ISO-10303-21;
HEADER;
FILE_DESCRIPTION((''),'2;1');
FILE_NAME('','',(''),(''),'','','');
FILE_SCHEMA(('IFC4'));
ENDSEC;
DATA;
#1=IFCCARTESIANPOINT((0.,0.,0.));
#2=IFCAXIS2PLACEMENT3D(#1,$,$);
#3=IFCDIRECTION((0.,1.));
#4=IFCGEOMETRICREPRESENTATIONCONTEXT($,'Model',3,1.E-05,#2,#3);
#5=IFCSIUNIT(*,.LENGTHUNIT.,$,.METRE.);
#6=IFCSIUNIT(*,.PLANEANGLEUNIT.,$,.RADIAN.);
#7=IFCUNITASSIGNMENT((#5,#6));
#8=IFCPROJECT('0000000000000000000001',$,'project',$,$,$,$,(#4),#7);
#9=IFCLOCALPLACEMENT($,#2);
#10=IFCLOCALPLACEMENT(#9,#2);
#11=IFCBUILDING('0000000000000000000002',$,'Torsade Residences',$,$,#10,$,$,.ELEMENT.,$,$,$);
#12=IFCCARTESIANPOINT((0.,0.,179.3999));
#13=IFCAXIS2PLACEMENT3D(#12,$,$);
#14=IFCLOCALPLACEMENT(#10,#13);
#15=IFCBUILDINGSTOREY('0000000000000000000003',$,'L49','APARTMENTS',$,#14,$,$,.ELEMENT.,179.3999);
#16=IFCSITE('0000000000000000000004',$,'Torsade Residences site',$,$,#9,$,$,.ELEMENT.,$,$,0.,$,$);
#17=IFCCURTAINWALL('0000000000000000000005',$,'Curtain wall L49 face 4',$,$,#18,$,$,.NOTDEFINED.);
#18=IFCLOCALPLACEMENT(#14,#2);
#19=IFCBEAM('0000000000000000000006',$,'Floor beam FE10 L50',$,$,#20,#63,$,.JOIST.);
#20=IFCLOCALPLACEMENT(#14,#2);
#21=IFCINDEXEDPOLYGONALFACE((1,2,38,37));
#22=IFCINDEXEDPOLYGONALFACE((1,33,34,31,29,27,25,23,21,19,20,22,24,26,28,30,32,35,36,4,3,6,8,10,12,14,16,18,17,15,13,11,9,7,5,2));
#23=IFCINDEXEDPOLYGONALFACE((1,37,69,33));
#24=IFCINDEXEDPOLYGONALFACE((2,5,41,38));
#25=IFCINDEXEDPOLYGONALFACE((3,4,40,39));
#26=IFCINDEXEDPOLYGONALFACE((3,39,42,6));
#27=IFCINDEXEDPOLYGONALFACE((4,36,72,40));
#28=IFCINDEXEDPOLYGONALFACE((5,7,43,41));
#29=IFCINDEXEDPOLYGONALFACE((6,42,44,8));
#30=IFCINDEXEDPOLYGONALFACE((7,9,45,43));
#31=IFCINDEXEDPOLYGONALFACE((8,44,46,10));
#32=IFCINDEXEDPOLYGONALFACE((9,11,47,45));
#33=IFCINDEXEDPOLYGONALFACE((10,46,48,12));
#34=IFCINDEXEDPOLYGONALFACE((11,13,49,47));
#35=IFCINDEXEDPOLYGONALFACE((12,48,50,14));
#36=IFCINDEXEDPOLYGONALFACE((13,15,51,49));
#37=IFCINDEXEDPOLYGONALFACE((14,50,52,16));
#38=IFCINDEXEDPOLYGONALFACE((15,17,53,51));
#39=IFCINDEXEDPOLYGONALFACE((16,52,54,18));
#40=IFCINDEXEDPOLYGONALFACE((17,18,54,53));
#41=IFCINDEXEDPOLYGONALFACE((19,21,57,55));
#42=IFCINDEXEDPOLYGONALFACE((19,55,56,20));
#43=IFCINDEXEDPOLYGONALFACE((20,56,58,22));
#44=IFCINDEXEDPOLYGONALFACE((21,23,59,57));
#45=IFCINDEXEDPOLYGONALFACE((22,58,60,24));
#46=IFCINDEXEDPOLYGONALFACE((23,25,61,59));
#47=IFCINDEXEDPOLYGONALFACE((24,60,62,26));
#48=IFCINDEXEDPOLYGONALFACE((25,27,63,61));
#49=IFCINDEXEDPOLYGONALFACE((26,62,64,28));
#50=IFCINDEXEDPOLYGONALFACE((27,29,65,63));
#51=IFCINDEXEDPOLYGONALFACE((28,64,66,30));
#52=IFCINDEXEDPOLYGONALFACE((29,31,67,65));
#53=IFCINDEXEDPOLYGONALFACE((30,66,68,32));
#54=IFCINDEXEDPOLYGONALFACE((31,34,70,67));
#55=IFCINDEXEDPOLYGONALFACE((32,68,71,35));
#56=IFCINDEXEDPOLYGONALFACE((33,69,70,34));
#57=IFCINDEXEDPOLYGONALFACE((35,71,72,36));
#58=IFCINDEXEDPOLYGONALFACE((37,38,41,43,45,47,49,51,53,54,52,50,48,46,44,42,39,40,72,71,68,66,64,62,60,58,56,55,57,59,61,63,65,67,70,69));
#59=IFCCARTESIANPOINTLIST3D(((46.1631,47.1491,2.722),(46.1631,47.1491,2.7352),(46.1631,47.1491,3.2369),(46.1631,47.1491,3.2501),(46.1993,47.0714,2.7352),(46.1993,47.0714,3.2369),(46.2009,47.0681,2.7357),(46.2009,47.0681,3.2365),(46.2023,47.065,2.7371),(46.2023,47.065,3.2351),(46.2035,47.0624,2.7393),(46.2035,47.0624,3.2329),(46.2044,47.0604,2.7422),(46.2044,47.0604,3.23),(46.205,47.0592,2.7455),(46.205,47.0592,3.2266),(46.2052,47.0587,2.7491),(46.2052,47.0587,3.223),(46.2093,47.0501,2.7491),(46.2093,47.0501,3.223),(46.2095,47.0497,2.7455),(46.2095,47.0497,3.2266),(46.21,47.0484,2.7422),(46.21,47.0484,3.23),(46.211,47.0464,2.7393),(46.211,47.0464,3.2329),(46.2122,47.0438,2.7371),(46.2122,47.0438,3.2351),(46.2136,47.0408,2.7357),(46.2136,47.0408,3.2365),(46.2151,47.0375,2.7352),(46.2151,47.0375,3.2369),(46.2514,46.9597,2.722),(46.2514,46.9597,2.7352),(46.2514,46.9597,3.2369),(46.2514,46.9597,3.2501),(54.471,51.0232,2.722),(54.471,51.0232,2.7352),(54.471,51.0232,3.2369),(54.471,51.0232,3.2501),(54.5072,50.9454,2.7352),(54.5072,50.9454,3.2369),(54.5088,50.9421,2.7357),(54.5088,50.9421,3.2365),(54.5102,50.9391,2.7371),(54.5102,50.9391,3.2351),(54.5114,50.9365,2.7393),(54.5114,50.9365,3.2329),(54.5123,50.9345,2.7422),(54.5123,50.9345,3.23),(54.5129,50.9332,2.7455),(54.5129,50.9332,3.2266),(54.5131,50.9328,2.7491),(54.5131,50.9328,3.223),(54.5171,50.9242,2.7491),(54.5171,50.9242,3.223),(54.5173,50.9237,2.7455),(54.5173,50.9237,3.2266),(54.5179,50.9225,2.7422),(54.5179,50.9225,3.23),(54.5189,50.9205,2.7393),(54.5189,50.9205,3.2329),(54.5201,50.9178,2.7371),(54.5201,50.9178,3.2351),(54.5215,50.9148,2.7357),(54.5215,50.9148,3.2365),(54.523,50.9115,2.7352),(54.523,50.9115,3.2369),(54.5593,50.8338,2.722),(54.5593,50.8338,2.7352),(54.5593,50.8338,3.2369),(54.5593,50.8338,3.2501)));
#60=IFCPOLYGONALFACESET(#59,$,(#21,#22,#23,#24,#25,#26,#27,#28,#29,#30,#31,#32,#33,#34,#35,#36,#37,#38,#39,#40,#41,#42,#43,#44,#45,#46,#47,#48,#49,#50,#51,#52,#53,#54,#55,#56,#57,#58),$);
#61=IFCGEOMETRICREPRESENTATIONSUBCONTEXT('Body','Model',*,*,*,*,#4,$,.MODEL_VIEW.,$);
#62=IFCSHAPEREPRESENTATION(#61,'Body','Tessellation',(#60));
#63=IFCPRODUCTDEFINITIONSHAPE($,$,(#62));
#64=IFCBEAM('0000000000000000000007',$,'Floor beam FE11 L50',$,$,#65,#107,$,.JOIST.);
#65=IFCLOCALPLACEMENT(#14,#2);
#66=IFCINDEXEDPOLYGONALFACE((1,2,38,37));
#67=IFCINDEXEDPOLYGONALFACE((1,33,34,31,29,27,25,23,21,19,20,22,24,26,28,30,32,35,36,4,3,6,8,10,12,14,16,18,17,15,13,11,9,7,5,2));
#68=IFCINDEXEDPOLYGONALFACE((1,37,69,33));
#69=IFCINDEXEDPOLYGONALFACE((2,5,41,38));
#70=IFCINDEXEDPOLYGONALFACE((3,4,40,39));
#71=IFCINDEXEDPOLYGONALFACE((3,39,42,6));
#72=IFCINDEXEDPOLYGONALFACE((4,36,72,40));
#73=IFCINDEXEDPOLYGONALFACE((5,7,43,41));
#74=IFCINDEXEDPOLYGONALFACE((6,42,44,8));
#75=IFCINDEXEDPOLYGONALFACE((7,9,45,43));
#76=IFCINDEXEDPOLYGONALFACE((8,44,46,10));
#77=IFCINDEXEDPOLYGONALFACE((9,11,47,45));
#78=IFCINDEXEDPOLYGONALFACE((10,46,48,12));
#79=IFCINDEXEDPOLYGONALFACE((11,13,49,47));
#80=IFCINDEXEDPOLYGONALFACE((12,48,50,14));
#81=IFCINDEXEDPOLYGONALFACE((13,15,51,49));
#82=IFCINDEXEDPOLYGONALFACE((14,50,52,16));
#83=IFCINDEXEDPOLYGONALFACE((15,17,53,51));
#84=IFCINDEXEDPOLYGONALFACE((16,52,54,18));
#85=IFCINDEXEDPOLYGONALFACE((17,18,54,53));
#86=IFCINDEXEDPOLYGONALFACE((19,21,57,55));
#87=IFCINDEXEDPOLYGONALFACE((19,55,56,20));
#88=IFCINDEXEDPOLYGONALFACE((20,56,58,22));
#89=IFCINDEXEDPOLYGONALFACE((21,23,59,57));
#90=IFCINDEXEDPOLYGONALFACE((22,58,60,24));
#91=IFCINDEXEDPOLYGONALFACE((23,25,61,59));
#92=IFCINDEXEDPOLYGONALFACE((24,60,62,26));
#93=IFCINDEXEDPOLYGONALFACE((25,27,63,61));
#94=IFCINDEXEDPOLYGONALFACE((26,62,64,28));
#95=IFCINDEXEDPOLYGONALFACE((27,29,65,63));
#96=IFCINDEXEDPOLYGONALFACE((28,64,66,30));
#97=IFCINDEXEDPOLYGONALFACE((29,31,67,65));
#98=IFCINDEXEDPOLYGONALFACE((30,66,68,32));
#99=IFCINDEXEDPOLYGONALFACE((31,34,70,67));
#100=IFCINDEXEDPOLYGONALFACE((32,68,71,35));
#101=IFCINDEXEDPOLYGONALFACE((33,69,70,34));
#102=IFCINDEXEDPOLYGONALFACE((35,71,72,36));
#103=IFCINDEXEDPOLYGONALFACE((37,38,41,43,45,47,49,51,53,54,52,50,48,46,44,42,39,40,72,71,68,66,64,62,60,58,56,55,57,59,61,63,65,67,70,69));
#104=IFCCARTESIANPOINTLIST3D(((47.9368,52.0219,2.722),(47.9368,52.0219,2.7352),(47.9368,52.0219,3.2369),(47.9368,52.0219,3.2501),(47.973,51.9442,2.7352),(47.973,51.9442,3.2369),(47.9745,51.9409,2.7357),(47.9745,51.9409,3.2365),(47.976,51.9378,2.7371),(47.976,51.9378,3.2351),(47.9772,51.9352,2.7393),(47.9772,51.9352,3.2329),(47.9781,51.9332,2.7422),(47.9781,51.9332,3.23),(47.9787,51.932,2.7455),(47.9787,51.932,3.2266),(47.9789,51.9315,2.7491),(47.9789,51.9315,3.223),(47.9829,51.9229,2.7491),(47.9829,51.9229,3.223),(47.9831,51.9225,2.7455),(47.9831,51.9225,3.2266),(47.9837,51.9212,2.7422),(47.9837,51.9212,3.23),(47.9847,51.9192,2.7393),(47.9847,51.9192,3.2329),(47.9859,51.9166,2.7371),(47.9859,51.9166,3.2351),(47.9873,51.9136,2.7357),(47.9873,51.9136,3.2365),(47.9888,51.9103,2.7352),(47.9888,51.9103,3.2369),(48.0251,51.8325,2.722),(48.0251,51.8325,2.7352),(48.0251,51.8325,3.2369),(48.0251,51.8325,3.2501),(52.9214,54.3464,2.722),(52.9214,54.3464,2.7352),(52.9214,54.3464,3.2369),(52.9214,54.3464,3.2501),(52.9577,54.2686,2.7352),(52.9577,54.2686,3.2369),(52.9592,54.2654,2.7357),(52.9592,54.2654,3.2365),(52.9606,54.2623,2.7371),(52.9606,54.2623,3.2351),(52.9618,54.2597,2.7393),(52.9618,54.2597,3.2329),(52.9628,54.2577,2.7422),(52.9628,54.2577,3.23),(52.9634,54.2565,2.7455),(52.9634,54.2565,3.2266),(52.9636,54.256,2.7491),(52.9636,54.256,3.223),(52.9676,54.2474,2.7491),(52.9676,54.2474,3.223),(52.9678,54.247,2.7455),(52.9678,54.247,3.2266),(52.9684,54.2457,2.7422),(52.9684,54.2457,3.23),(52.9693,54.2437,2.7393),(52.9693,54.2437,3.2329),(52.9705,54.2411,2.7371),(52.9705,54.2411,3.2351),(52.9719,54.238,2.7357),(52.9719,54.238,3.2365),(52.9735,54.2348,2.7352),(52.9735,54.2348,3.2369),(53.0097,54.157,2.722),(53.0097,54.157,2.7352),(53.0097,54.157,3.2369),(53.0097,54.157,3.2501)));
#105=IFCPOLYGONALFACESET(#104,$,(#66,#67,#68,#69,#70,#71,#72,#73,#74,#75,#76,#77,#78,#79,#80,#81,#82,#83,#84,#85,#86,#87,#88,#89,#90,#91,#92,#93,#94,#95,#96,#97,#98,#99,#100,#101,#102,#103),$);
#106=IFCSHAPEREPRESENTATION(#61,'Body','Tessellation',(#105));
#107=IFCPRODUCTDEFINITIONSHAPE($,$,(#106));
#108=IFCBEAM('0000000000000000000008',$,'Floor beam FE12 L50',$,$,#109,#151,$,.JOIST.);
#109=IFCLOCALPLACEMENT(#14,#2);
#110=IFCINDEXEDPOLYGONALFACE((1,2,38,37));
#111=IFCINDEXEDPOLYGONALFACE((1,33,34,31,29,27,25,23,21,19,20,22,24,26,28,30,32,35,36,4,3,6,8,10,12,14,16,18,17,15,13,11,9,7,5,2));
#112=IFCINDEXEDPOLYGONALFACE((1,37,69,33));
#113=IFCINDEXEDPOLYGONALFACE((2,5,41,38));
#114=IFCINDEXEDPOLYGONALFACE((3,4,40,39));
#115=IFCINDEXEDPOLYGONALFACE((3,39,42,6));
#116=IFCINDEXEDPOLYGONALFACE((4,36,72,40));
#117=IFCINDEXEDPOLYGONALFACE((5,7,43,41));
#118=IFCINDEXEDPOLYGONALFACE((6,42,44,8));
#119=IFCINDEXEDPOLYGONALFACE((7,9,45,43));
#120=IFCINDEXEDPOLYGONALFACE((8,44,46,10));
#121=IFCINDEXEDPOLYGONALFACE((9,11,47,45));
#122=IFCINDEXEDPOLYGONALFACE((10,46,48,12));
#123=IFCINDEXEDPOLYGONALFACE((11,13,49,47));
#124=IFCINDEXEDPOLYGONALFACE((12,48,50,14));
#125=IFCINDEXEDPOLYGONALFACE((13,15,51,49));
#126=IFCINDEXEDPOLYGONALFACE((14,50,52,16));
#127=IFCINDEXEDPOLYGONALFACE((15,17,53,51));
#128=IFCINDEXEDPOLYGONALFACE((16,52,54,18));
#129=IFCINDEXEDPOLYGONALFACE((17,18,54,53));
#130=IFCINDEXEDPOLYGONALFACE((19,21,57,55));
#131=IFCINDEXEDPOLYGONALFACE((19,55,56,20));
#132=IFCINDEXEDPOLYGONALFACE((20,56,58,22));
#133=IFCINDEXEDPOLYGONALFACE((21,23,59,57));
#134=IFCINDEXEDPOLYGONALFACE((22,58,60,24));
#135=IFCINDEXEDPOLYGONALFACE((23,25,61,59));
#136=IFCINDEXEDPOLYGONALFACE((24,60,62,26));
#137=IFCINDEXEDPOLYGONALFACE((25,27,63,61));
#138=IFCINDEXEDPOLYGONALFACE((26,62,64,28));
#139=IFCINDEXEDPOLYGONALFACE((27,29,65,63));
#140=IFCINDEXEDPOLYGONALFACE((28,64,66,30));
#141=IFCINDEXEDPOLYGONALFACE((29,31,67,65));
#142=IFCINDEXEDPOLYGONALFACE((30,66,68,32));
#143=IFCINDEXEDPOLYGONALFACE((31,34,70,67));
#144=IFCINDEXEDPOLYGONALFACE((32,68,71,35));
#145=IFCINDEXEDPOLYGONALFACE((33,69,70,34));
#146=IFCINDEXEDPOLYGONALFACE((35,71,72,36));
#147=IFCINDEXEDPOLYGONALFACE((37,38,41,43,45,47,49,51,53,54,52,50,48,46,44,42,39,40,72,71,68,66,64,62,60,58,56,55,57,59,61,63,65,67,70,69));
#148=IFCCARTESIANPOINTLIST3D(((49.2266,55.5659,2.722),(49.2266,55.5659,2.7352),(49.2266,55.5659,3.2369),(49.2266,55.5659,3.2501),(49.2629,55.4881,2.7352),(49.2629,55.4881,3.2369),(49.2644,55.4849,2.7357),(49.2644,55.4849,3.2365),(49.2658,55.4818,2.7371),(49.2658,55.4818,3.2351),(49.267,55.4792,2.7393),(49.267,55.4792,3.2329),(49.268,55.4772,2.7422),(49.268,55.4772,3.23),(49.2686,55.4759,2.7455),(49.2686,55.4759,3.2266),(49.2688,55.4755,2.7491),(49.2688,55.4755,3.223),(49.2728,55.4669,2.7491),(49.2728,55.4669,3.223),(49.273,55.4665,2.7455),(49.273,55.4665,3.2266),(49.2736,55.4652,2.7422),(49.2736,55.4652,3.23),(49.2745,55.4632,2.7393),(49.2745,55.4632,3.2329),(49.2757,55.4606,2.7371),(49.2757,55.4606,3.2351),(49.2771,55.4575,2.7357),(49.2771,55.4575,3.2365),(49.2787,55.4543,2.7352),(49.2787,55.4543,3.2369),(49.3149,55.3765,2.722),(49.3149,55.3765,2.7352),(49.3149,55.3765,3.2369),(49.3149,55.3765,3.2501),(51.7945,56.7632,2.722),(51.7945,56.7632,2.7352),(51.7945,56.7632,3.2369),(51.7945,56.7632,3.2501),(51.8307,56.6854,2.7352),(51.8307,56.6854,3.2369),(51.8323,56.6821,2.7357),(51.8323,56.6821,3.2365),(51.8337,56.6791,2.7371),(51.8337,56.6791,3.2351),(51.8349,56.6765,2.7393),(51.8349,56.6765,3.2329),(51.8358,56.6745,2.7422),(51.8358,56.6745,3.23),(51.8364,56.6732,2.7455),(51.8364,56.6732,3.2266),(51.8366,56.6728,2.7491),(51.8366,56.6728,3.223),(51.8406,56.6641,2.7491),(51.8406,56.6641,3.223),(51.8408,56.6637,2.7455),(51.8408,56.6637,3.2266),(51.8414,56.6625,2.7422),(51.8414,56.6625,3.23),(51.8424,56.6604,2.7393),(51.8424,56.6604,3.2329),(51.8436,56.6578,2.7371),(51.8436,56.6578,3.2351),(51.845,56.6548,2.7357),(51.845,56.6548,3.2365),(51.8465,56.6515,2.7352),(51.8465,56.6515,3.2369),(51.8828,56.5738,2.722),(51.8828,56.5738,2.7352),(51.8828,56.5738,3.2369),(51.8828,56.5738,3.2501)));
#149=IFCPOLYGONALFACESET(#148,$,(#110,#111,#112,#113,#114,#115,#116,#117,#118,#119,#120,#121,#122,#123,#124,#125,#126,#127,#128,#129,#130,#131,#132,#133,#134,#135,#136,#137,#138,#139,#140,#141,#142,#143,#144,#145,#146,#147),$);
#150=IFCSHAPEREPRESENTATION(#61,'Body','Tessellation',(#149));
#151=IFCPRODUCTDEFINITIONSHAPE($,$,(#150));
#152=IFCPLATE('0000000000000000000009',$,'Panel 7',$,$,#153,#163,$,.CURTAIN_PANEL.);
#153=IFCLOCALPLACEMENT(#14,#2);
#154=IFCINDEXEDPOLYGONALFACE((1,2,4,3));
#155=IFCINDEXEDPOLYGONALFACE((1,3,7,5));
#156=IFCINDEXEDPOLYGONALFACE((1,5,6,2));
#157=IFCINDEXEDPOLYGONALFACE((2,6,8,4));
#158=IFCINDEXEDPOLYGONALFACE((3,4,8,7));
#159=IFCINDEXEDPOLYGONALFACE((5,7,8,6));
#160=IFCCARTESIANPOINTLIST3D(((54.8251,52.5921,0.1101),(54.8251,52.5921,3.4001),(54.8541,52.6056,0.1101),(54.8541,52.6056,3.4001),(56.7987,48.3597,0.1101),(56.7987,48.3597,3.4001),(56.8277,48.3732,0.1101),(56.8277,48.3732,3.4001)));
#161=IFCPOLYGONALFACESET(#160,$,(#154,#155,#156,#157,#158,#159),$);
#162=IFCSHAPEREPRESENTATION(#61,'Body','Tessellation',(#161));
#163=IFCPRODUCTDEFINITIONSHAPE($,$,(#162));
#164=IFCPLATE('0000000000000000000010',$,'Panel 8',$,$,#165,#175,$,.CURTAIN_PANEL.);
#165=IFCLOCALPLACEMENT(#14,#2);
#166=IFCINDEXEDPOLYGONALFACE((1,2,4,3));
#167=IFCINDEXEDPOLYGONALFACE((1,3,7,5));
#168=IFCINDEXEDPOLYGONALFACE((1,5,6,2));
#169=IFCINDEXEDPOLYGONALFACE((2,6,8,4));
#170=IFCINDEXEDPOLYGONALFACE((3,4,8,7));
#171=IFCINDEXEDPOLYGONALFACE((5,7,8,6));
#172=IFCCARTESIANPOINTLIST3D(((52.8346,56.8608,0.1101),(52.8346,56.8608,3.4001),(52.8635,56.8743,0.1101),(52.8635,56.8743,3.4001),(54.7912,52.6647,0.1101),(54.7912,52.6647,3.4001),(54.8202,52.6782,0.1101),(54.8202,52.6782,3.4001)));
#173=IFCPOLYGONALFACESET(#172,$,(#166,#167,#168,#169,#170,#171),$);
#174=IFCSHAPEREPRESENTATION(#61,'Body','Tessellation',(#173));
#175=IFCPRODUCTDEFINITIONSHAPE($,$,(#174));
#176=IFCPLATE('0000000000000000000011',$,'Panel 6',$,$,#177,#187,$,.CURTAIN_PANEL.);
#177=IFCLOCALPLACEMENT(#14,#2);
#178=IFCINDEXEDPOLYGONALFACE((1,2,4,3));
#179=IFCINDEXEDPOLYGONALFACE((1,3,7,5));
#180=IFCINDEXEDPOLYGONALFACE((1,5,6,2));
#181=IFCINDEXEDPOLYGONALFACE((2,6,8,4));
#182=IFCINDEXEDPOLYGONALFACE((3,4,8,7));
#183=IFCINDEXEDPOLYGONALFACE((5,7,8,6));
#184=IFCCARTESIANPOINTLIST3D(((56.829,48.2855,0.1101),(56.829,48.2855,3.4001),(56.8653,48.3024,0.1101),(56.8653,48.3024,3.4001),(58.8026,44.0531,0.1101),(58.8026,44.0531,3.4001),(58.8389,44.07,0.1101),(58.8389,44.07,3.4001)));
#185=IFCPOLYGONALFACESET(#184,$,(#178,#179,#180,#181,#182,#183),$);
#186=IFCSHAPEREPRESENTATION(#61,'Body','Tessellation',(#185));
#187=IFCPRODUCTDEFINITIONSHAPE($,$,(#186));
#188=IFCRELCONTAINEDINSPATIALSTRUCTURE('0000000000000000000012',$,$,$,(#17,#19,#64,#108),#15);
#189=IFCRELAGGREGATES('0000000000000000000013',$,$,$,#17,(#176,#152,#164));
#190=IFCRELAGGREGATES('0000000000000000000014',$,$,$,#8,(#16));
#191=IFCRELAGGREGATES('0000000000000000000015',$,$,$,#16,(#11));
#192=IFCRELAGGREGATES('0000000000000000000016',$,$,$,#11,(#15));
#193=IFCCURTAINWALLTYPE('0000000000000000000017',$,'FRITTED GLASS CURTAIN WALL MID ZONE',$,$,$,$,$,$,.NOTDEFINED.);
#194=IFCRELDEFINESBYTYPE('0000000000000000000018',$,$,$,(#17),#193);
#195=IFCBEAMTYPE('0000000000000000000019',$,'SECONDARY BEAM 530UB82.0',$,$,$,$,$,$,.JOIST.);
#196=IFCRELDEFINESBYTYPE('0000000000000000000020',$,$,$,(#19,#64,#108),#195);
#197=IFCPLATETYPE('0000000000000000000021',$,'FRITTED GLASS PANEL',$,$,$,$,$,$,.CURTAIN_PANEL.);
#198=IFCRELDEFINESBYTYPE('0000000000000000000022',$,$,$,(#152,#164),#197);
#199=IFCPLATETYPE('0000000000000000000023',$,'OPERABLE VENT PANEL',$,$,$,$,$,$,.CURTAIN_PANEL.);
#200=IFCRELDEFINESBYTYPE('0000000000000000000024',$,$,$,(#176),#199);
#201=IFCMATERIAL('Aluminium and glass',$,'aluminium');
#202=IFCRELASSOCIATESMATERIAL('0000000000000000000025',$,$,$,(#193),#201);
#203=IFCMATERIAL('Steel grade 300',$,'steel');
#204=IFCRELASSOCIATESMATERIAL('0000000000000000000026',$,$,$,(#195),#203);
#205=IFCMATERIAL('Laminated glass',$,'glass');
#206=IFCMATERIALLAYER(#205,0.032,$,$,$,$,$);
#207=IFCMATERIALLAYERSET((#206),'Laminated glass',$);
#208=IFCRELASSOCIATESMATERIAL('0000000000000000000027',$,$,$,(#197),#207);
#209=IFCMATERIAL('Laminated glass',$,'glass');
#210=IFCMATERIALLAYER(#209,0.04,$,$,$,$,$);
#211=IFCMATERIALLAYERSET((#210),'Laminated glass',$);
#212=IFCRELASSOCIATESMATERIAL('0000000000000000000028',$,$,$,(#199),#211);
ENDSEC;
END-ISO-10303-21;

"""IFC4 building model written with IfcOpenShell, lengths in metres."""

from ifc_helpers import new_model, si_unit, direction, frame, origin, origin_2d, place, context, subcontext, project, spatial, rectangle, i_section, extrude, material, layer, layer_set, material_profile, profile_set, type_object, element, aggregate, save


model = new_model("IFC4")

# Units and contexts
model_context = context("Model", 3, precision=1e-05, world=origin(), true_north=direction((0.0, 1.0)))
body_context = subcontext(model_context, "Body", "Model", "MODEL_VIEW")
ifc_project = project(units=[si_unit("LENGTHUNIT", "METRE"), si_unit("PLANEANGLEUNIT", "RADIAN")], contexts=[model_context])

# Site, building, storey
site_placement = place(None, origin())
site = spatial("IfcSite", under=ifc_project, at=site_placement, Name="Torsade Residences site", CompositionType="ELEMENT", RefElevation=0.0)
building_placement = place(site_placement, origin())
building = spatial("IfcBuilding", under=site, at=building_placement, Name="Torsade Residences", CompositionType="ELEMENT")
storey_placement = place(building_placement, frame((0.0, 0.0, 179.3999)))
storey = spatial("IfcBuildingStorey", under=building, at=storey_placement, Name="L49", Description="APARTMENTS", CompositionType="ELEMENT", Elevation=179.3999)

# Curtain wall
ifc_material_1 = material(Name="Aluminium and glass", Category="aluminium")
curtain_wall_type = type_object("IfcCurtainWallType", Name="FRITTED GLASS CURTAIN WALL MID ZONE", PredefinedType="NOTDEFINED", material=ifc_material_1)
curtain_wall_placement = place(storey_placement, origin())
curtain_wall = element("IfcCurtainWall", 1, at=curtain_wall_placement, inside=storey, type_object=curtain_wall_type, Name="Curtain wall L49 face 4", PredefinedType="NOTDEFINED")

# Beams
ifc_material_2 = material(Name="Steel grade 300", Category="steel")
ifc_material_profile_1 = material_profile(ifc_material_2, i_section(OverallWidth=0.209, OverallDepth=0.5281, WebThickness=0.0095, FlangeThickness=0.0132, FilletRadius=0.0139, at=origin_2d()), Name="530UB82.0")
ifc_profile_set_1 = profile_set([ifc_material_profile_1], Name="Steel grade 300")
beam_type_1 = type_object("IfcBeamType", Name="SECONDARY BEAM 530UB82.0", PredefinedType="JOIST", material=ifc_profile_set_1)
beam_1_placement = place(storey_placement, frame((54.5151, 50.9285, 2.9861), z_axis=(-0.906308, -0.422619, 0.0), x_axis=(0.422619, -0.906308, 0.0)))
element("IfcBeam", 2, at=beam_1_placement, inside=storey, type_object=beam_type_1, Name="Floor beam FE10 L50", PredefinedType="JOIST", context=body_context, shape_type="SweptSolid", body=[
    extrude(i_section(OverallWidth=0.209, OverallDepth=0.5281, WebThickness=0.0095, FlangeThickness=0.0132, FilletRadius=0.0139, at=origin_2d()), origin(), (0.0, 0.0, 1.0), 9.1667),
])
beam_2_placement = place(storey_placement, frame((52.9656, 54.2517, 2.9861), z_axis=(-0.906301, -0.422633, 0.0), x_axis=(0.422633, -0.906301, 0.0)))
element("IfcBeam", 3, at=beam_2_placement, inside=storey, type_object=beam_type_1, Name="Floor beam FE11 L50", PredefinedType="JOIST", context=body_context, shape_type="SweptSolid", body=[
    extrude(i_section(OverallWidth=0.209, OverallDepth=0.5281, WebThickness=0.0095, FlangeThickness=0.0132, FilletRadius=0.0139, at=origin_2d()), origin(), (0.0, 0.0, 1.0), 5.5),
])
beam_3_placement = place(storey_placement, frame((51.8386, 56.6685, 2.9861), z_axis=(-0.906328, -0.422574, 0.0), x_axis=(0.422574, -0.906328, 0.0)))
element("IfcBeam", 4, at=beam_3_placement, inside=storey, type_object=beam_type_1, Name="Floor beam FE12 L50", PredefinedType="JOIST", context=body_context, shape_type="SweptSolid", body=[
    extrude(i_section(OverallWidth=0.209, OverallDepth=0.5281, WebThickness=0.0095, FlangeThickness=0.0132, FilletRadius=0.0139, at=origin_2d()), origin(), (0.0, 0.0, 1.0), 2.8333),
])

# Plates
ifc_material_3 = material(Name="Laminated glass", Category="glass")
ifc_layer_1 = layer(ifc_material_3, 0.032)
ifc_layer_set_1 = layer_set([ifc_layer_1], Name="Laminated glass")
plate_type_1 = type_object("IfcPlateType", Name="FRITTED GLASS PANEL", PredefinedType="CURTAIN_PANEL", material=ifc_layer_set_1)
plate_1_placement = place(storey_placement, frame((55.8264, 50.4827, 0.1101), z_axis=(0.0, 0.0, 1.0), x_axis=(-0.422618, 0.906308, 0.0)))
plate_1 = element("IfcPlate", 5, at=plate_1_placement, type_object=plate_type_1, Name="Panel 7", PredefinedType="CURTAIN_PANEL", context=body_context, shape_type="SweptSolid", body=[
    extrude(rectangle(XDim=4.6699, YDim=0.032, at=origin_2d()), origin(), (0.0, 0.0, 1.0), 3.29),
])
plate_2_placement = place(storey_placement, frame((53.8274, 54.7695, 0.1101), z_axis=(0.0, 0.0, 1.0), x_axis=(-0.422618, 0.906308, 0.0)))
plate_2 = element("IfcPlate", 6, at=plate_2_placement, type_object=plate_type_1, Name="Panel 8", PredefinedType="CURTAIN_PANEL", context=body_context, shape_type="SweptSolid", body=[
    extrude(rectangle(XDim=4.6299, YDim=0.032, at=origin_2d()), origin(), (0.0, 0.0, 1.0), 3.29),
])
ifc_material_4 = material(Name="Laminated glass", Category="glass")
ifc_layer_2 = layer(ifc_material_4, 0.04)
ifc_layer_set_2 = layer_set([ifc_layer_2], Name="Laminated glass")
plate_type_2 = type_object("IfcPlateType", Name="OPERABLE VENT PANEL", PredefinedType="CURTAIN_PANEL", material=ifc_layer_set_2)
plate_3_placement = place(storey_placement, frame((57.834, 46.1777, 0.1101), z_axis=(0.0, 0.0, 1.0), x_axis=(-0.422618, 0.906308, 0.0)))
plate_3 = element("IfcPlate", 7, at=plate_3_placement, type_object=plate_type_2, Name="Panel 6", PredefinedType="CURTAIN_PANEL", context=body_context, shape_type="SweptSolid", body=[
    extrude(rectangle(XDim=4.6699, YDim=0.04, at=origin_2d()), origin(), (0.0, 0.0, 1.0), 3.29),
])
aggregate(curtain_wall, [plate_3, plate_1, plate_2])

save(model, "model.ifc")
